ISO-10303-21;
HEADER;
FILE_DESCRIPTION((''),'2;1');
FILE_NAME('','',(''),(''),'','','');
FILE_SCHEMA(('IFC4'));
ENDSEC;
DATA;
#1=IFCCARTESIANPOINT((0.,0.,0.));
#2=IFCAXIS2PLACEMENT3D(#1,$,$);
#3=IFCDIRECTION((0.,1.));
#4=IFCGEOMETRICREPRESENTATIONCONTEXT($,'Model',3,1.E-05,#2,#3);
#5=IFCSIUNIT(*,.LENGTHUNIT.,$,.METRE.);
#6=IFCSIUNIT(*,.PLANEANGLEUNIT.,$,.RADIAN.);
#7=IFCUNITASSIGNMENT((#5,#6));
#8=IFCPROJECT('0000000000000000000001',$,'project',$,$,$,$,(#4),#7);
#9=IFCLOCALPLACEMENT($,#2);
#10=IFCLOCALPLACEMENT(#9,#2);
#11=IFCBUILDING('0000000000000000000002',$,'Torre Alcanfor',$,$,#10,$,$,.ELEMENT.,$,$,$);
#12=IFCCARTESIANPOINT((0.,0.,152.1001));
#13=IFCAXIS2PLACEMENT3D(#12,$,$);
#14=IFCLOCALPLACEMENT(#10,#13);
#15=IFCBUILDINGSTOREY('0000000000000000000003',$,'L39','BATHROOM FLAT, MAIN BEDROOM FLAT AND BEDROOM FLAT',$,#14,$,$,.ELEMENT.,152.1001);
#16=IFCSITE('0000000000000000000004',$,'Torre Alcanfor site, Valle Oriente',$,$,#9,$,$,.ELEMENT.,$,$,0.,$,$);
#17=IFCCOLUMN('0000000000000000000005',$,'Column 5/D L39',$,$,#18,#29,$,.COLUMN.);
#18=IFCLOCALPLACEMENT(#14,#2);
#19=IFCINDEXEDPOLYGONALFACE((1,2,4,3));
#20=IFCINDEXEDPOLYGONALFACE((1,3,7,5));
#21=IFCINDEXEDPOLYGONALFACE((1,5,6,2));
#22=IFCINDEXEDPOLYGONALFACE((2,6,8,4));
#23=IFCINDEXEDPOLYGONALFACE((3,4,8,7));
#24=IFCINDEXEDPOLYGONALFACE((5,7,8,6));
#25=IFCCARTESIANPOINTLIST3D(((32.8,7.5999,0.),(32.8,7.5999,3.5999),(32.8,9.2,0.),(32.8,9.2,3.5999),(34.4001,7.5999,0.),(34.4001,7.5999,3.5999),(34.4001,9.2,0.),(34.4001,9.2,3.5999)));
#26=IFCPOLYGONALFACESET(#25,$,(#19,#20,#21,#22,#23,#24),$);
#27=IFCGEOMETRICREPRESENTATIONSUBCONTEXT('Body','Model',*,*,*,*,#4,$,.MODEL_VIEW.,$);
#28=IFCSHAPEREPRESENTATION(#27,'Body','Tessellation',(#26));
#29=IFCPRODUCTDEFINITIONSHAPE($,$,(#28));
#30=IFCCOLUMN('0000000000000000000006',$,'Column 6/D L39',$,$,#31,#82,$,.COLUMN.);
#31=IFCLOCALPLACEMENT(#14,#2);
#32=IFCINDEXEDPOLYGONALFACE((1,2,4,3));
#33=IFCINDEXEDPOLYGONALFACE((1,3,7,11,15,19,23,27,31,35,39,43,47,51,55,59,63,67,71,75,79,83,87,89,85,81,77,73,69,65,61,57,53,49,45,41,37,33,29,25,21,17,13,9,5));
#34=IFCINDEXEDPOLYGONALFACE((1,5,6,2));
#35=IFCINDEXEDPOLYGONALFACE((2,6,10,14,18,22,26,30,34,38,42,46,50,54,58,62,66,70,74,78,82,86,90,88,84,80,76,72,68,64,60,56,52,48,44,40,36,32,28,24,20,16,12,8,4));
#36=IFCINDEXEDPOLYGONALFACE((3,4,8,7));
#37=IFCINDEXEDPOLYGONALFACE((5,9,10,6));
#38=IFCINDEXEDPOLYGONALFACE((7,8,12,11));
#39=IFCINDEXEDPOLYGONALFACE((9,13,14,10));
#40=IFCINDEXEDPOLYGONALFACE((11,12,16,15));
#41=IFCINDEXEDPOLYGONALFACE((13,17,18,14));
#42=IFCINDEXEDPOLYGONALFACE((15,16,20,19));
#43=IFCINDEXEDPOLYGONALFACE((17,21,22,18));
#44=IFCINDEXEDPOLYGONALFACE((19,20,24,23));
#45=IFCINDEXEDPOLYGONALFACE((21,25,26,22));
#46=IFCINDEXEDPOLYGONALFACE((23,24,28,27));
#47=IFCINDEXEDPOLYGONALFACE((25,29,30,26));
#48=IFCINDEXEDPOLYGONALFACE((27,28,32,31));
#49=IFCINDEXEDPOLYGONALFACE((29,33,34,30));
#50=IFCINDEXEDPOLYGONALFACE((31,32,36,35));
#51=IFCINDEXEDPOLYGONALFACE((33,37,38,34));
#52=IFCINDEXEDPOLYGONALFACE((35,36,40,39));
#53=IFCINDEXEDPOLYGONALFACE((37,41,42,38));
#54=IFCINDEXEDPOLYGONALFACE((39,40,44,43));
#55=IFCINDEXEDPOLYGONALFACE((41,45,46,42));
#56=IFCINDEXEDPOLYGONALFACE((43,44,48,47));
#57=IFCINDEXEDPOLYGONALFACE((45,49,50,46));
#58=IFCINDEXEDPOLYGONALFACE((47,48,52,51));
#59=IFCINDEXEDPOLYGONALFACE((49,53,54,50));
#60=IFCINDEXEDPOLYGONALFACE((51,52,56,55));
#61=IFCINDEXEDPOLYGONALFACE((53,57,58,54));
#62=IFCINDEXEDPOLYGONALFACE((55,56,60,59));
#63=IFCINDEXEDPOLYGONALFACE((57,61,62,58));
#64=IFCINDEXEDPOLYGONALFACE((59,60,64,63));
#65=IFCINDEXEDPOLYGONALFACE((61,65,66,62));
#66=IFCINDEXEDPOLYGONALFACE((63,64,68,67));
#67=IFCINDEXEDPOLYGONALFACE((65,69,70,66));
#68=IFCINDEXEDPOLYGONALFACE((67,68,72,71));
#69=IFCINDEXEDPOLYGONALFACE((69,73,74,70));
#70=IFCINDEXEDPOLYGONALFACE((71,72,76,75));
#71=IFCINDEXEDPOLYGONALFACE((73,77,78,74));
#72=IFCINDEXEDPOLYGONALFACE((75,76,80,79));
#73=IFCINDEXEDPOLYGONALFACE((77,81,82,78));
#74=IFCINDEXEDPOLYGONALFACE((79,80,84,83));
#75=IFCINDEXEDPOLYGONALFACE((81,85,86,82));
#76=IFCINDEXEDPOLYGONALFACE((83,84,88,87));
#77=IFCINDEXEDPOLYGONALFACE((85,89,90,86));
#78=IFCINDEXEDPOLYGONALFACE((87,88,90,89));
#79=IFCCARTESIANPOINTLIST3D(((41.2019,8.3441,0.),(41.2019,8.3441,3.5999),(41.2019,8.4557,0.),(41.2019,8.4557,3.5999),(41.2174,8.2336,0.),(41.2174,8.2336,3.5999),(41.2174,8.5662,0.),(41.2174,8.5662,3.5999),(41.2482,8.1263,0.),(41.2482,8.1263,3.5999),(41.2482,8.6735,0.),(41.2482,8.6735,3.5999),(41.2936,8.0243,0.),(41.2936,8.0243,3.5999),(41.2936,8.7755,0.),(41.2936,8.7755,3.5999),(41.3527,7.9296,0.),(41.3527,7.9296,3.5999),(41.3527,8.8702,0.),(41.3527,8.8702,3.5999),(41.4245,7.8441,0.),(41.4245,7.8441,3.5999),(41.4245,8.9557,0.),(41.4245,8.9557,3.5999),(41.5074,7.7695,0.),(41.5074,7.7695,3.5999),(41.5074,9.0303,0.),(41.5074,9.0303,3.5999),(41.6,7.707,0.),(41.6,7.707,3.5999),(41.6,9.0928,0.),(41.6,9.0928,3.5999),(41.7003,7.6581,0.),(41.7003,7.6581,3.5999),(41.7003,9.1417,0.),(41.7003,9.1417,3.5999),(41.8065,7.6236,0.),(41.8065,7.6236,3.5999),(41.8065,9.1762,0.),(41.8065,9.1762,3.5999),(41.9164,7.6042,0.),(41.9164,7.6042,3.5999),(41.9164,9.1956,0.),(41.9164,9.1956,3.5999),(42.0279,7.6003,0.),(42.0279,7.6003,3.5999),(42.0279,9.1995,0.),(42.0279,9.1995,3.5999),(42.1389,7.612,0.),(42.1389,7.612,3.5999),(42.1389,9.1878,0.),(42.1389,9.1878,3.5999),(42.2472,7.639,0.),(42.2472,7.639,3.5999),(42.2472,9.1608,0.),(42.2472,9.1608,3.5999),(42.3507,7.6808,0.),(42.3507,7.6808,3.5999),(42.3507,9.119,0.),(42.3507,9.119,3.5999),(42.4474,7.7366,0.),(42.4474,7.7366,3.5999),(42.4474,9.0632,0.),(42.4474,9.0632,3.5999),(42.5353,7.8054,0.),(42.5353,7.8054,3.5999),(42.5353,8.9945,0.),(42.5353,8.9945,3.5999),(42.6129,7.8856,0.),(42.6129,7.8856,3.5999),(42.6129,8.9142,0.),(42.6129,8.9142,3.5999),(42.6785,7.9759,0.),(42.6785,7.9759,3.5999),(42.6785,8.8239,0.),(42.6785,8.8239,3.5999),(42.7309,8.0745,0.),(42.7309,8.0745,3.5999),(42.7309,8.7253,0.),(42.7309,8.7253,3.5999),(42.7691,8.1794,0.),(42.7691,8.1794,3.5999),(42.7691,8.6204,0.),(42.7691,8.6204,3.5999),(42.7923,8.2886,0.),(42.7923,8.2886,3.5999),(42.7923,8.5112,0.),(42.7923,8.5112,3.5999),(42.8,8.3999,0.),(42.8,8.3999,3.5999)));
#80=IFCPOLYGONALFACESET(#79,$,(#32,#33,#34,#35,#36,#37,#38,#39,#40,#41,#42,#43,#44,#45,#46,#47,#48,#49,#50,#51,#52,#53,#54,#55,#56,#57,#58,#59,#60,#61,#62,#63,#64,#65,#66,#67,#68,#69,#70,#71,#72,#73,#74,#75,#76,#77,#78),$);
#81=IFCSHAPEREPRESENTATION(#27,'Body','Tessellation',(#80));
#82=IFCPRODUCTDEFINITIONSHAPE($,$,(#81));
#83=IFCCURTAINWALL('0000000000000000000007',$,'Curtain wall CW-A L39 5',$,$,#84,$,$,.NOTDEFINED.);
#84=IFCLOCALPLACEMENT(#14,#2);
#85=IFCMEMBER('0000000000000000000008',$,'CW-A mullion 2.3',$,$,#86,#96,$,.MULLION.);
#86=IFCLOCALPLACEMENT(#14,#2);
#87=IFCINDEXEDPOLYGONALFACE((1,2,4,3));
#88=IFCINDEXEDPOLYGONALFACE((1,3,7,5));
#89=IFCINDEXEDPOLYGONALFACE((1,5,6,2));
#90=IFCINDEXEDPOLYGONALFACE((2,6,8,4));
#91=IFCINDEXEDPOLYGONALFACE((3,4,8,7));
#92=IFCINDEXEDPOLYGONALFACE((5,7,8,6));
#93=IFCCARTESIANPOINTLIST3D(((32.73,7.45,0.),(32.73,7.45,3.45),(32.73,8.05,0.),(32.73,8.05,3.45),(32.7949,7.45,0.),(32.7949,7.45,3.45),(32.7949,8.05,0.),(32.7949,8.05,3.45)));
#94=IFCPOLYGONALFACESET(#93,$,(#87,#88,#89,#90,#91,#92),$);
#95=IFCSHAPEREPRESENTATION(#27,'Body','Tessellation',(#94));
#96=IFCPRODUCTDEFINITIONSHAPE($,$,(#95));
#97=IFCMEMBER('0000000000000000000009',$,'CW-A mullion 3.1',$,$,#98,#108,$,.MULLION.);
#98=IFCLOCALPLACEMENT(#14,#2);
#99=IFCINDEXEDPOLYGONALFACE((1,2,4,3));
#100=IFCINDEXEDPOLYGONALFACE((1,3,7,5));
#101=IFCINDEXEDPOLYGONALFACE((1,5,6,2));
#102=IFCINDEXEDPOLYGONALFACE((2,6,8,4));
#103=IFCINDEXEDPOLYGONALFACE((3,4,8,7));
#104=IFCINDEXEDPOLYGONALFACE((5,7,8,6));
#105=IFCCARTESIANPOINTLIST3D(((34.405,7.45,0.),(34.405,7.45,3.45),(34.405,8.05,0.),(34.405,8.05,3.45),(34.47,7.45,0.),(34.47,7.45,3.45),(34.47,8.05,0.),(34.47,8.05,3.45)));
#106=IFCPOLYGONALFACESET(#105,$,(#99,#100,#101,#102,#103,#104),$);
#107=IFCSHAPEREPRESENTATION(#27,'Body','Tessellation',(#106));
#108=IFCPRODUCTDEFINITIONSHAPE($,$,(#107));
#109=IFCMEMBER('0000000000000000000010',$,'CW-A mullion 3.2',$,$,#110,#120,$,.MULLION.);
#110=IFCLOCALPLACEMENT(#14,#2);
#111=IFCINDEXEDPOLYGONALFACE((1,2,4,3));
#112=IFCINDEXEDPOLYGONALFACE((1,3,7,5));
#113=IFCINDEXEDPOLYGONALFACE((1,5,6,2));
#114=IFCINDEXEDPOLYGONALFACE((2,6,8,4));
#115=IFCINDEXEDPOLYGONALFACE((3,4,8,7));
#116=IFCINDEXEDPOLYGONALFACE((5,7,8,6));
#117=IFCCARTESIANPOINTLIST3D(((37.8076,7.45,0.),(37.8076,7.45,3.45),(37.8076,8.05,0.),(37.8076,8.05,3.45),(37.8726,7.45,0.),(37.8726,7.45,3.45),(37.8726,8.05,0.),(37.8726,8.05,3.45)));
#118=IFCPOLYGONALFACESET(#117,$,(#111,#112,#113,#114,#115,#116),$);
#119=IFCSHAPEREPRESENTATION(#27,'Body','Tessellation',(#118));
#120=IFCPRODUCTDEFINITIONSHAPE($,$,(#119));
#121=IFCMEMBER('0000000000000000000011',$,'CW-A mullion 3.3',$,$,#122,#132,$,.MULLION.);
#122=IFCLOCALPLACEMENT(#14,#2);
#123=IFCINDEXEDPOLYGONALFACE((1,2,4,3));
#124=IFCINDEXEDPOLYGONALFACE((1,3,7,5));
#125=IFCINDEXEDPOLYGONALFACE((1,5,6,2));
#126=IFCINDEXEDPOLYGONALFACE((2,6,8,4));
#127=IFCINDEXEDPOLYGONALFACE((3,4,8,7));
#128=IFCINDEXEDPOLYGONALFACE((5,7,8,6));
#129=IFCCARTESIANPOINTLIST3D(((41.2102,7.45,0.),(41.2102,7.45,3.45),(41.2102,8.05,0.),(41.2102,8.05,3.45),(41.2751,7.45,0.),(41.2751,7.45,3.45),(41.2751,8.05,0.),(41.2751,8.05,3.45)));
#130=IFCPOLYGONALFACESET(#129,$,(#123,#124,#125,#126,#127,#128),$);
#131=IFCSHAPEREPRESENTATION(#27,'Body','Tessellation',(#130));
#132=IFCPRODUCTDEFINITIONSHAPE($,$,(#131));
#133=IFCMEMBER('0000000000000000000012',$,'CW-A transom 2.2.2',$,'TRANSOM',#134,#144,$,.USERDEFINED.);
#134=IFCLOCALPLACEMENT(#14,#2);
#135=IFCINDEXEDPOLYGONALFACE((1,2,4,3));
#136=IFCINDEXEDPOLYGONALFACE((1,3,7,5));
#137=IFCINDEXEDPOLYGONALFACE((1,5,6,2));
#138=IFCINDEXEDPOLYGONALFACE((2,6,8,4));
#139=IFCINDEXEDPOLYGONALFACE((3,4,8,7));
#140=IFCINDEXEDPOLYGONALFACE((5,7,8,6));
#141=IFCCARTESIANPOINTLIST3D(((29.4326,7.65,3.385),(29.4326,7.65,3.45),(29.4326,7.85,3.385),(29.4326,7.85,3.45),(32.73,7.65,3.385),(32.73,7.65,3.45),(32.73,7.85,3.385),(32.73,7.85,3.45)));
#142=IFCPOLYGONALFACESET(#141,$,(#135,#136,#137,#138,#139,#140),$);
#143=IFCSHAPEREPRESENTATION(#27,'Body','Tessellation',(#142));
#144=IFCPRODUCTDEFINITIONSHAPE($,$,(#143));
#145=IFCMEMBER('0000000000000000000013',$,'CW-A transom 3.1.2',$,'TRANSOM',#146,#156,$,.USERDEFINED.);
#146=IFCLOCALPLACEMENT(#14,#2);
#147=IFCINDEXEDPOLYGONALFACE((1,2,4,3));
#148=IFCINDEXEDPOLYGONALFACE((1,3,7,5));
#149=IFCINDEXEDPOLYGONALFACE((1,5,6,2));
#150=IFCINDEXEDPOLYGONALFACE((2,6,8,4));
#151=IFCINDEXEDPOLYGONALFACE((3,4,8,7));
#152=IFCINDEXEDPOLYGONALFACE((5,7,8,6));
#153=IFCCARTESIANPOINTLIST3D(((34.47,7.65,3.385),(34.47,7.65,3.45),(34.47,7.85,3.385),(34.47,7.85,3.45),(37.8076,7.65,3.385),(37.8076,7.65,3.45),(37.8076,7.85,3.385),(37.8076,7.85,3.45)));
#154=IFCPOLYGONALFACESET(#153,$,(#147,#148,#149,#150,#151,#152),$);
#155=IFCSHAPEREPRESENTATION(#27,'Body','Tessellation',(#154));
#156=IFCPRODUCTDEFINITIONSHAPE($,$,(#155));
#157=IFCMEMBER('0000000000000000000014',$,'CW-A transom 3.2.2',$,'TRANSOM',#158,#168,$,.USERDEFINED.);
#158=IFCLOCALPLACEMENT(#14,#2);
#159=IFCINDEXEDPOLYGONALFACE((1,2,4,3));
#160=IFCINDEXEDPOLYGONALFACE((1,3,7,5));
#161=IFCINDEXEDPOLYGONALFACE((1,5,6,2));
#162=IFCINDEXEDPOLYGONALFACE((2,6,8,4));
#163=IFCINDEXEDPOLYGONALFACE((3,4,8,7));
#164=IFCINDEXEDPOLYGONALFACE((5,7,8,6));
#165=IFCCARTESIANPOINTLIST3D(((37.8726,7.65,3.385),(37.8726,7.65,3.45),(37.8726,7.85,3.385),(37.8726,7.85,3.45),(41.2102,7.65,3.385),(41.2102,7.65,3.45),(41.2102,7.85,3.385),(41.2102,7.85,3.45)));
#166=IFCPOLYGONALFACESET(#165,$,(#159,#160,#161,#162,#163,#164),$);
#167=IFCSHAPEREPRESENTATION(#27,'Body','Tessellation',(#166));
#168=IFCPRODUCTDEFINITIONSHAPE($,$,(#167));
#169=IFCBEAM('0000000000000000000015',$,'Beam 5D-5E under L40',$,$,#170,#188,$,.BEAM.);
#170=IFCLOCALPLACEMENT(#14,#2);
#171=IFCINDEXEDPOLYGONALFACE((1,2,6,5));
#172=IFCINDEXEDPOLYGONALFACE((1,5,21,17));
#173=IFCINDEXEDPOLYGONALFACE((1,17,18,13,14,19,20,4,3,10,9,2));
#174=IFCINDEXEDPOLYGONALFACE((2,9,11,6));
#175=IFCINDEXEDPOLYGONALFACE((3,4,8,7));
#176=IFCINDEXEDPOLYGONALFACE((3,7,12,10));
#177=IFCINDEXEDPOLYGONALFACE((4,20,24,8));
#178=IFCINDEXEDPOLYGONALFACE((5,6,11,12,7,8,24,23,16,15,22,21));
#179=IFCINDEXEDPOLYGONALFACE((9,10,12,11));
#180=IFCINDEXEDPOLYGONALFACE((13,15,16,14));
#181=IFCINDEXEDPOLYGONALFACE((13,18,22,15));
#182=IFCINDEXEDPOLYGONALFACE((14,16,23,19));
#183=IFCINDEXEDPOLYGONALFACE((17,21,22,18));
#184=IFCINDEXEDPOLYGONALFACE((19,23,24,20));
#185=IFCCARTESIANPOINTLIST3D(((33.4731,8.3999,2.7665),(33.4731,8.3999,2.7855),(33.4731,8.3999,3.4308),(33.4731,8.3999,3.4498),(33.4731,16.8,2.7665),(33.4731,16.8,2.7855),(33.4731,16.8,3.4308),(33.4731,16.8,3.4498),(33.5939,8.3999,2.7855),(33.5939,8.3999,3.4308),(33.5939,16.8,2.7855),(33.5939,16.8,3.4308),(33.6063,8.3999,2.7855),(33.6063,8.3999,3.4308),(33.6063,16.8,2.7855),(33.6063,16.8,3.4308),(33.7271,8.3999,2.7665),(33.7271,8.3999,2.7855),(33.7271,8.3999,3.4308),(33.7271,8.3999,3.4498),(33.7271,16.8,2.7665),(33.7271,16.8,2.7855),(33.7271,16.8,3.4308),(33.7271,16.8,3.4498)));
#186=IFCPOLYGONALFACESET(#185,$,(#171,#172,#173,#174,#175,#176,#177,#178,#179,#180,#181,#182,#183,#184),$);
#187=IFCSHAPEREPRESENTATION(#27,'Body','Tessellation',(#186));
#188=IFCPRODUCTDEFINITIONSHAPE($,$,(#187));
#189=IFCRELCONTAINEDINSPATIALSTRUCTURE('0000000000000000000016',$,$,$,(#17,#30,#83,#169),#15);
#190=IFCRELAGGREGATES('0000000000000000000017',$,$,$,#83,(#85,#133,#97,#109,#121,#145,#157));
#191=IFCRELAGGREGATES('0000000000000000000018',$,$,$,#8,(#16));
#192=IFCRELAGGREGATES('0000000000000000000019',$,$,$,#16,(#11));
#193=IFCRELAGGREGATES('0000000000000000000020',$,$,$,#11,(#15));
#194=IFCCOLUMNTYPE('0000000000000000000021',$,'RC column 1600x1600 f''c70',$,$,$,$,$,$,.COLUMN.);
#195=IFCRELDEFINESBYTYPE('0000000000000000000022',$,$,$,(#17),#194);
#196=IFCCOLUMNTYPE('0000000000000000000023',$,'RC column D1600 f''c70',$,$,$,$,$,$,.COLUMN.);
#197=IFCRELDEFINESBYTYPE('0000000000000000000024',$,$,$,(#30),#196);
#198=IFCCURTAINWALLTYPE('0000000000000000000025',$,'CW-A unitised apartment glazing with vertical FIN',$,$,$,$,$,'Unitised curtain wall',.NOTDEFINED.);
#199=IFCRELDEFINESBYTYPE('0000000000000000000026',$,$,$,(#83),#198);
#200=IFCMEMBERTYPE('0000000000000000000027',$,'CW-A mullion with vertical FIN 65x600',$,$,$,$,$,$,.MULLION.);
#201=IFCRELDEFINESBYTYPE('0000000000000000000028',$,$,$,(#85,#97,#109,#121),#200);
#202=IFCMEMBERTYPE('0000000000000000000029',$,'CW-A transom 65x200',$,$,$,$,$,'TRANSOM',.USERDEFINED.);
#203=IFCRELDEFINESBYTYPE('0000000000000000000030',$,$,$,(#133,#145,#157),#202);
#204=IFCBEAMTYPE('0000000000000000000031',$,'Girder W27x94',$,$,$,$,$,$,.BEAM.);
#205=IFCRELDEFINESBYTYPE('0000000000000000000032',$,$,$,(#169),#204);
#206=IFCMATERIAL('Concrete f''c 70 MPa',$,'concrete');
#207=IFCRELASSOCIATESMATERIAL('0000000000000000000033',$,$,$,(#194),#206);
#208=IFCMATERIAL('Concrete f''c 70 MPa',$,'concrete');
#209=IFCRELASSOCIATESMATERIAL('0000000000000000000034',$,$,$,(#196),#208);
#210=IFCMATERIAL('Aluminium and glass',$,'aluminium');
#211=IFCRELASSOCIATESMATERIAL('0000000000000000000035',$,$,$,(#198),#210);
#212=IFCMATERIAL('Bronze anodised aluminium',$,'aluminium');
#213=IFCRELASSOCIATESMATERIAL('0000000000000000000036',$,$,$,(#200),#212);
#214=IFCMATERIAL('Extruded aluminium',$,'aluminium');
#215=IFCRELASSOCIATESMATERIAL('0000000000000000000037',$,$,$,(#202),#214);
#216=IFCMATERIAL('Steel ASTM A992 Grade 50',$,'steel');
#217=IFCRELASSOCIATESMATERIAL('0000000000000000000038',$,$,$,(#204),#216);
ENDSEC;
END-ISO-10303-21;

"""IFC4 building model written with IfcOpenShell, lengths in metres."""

from ifc_helpers import new_model, si_unit, direction, frame, origin, origin_2d, place, context, subcontext, project, spatial, rectangle, circle, i_section, extrude, material, material_profile, profile_set, type_object, element, aggregate, save


model = new_model("IFC4")

# Units and contexts
model_context = context("Model", 3, precision=1e-05, world=origin(), true_north=direction((0.0, 1.0)))
body_context = subcontext(model_context, "Body", "Model", "MODEL_VIEW")
ifc_project = project(units=[si_unit("LENGTHUNIT", "METRE"), si_unit("PLANEANGLEUNIT", "RADIAN")], contexts=[model_context])

# Site, building, storey
site_placement = place(None, origin())
site = spatial("IfcSite", under=ifc_project, at=site_placement, Name="Torre Alcanfor site, Valle Oriente", CompositionType="ELEMENT", RefElevation=0.0)
building_placement = place(site_placement, origin())
building = spatial("IfcBuilding", under=site, at=building_placement, Name="Torre Alcanfor", CompositionType="ELEMENT")
storey_placement = place(building_placement, frame((0.0, 0.0, 152.1001)))
storey = spatial("IfcBuildingStorey", under=building, at=storey_placement, Name="L39", Description="BATHROOM FLAT, MAIN BEDROOM FLAT AND BEDROOM FLAT", CompositionType="ELEMENT", Elevation=152.1001)

# Columns
ifc_material_1 = material(Name="Concrete f'c 70 MPa", Category="concrete")
ifc_material_profile_1 = material_profile(ifc_material_1, rectangle(XDim=1.6001, YDim=1.6001, at=origin_2d()), Name="1600x1600")
ifc_profile_set_1 = profile_set([ifc_material_profile_1], Name="Concrete f'c 70 MPa")
column_type_1 = type_object("IfcColumnType", Name="RC column 1600x1600 f'c70", PredefinedType="COLUMN", material=ifc_profile_set_1)
column_1_placement = place(storey_placement, frame((33.6001, 8.3999, 0.0), z_axis=(0.0, 0.0, 1.0), x_axis=(1.0, 0.0, 0.0)))
element("IfcColumn", 1, at=column_1_placement, inside=storey, type_object=column_type_1, Name="Column 5/D L39", PredefinedType="COLUMN", context=body_context, shape_type="SweptSolid", body=[
    extrude(rectangle(XDim=1.6001, YDim=1.6001, at=origin_2d()), origin(), (0.0, 0.0, 1.0), 3.5999),
])
ifc_material_2 = material(Name="Concrete f'c 70 MPa", Category="concrete")
ifc_material_profile_2 = material_profile(ifc_material_2, circle(Radius=0.8, at=origin_2d()), Name="D1600")
ifc_profile_set_2 = profile_set([ifc_material_profile_2], Name="Concrete f'c 70 MPa")
column_type_2 = type_object("IfcColumnType", Name="RC column D1600 f'c70", PredefinedType="COLUMN", material=ifc_profile_set_2)
column_2_placement = place(storey_placement, frame((42.0, 8.3999, 0.0), z_axis=(0.0, 0.0, 1.0), x_axis=(1.0, 0.0, 0.0)))
element("IfcColumn", 2, at=column_2_placement, inside=storey, type_object=column_type_2, Name="Column 6/D L39", PredefinedType="COLUMN", context=body_context, shape_type="SweptSolid", body=[
    extrude(circle(Radius=0.8, at=origin_2d()), origin(), (0.0, 0.0, 1.0), 3.5999),
])

# Curtain wall, members
ifc_material_3 = material(Name="Aluminium and glass", Category="aluminium")
curtain_wall_type = type_object("IfcCurtainWallType", Name="CW-A unitised apartment glazing with vertical FIN", ElementType="Unitised curtain wall", PredefinedType="NOTDEFINED", material=ifc_material_3)
curtain_wall_placement = place(storey_placement, origin())
curtain_wall = element("IfcCurtainWall", 3, at=curtain_wall_placement, inside=storey, type_object=curtain_wall_type, Name="Curtain wall CW-A L39 5", PredefinedType="NOTDEFINED")
ifc_material_4 = material(Name="Bronze anodised aluminium", Category="aluminium")
ifc_material_profile_3 = material_profile(ifc_material_4, rectangle(XDim=0.6001, YDim=0.0649, at=origin_2d()), Name="CW-A mullion 65x600")
ifc_profile_set_3 = profile_set([ifc_material_profile_3], Name="Bronze anodised aluminium")
member_type_1 = type_object("IfcMemberType", Name="CW-A mullion with vertical FIN 65x600", PredefinedType="MULLION", material=ifc_profile_set_3)
member_1_placement = place(storey_placement, frame((32.7625, 7.75, 0.0), z_axis=(0.0, 0.0, 1.0), x_axis=(0.0, 1.0, 0.0)))
member_1 = element("IfcMember", 4, at=member_1_placement, type_object=member_type_1, Name="CW-A mullion 2.3", PredefinedType="MULLION", context=body_context, shape_type="SweptSolid", body=[
    extrude(rectangle(XDim=0.6001, YDim=0.0649, at=origin_2d()), origin(), (0.0, 0.0, 1.0), 3.45),
])
member_2_placement = place(storey_placement, frame((34.4375, 7.75, 0.0), z_axis=(0.0, 0.0, 1.0), x_axis=(0.0, 1.0, 0.0)))
member_2 = element("IfcMember", 5, at=member_2_placement, type_object=member_type_1, Name="CW-A mullion 3.1", PredefinedType="MULLION", context=body_context, shape_type="SweptSolid", body=[
    extrude(rectangle(XDim=0.6001, YDim=0.0649, at=origin_2d()), origin(), (0.0, 0.0, 1.0), 3.45),
])
member_3_placement = place(storey_placement, frame((37.8401, 7.75, 0.0), z_axis=(0.0, 0.0, 1.0), x_axis=(0.0, 1.0, 0.0)))
member_3 = element("IfcMember", 6, at=member_3_placement, type_object=member_type_1, Name="CW-A mullion 3.2", PredefinedType="MULLION", context=body_context, shape_type="SweptSolid", body=[
    extrude(rectangle(XDim=0.6001, YDim=0.0649, at=origin_2d()), origin(), (0.0, 0.0, 1.0), 3.45),
])
member_4_placement = place(storey_placement, frame((41.2427, 7.75, 0.0), z_axis=(0.0, 0.0, 1.0), x_axis=(0.0, 1.0, 0.0)))
member_4 = element("IfcMember", 7, at=member_4_placement, type_object=member_type_1, Name="CW-A mullion 3.3", PredefinedType="MULLION", context=body_context, shape_type="SweptSolid", body=[
    extrude(rectangle(XDim=0.6001, YDim=0.0649, at=origin_2d()), origin(), (0.0, 0.0, 1.0), 3.45),
])
ifc_material_5 = material(Name="Extruded aluminium", Category="aluminium")
ifc_material_profile_4 = material_profile(ifc_material_5, rectangle(XDim=0.2, YDim=0.0649, at=origin_2d()), Name="CW-A transom 200x65")
ifc_profile_set_4 = profile_set([ifc_material_profile_4], Name="Extruded aluminium")
member_type_2 = type_object("IfcMemberType", Name="CW-A transom 65x200", ElementType="TRANSOM", PredefinedType="USERDEFINED", material=ifc_profile_set_4)
member_5_placement = place(storey_placement, frame((29.4326, 7.75, 3.4175), z_axis=(1.0, 0.0, 0.0), x_axis=(0.0, 1.0, 0.0)))
member_5 = element("IfcMember", 8, at=member_5_placement, type_object=member_type_2, Name="CW-A transom 2.2.2", ObjectType="TRANSOM", PredefinedType="USERDEFINED", context=body_context, shape_type="SweptSolid", body=[
    extrude(rectangle(XDim=0.2, YDim=0.0649, at=origin_2d()), origin(), (0.0, 0.0, 1.0), 3.2974),
])
member_6_placement = place(storey_placement, frame((34.47, 7.75, 3.4175), z_axis=(1.0, 0.0, 0.0), x_axis=(0.0, 1.0, 0.0)))
member_6 = element("IfcMember", 9, at=member_6_placement, type_object=member_type_2, Name="CW-A transom 3.1.2", ObjectType="TRANSOM", PredefinedType="USERDEFINED", context=body_context, shape_type="SweptSolid", body=[
    extrude(rectangle(XDim=0.2, YDim=0.0649, at=origin_2d()), origin(), (0.0, 0.0, 1.0), 3.3376),
])
member_7_placement = place(storey_placement, frame((37.8726, 7.75, 3.4175), z_axis=(1.0, 0.0, 0.0), x_axis=(0.0, 1.0, 0.0)))
member_7 = element("IfcMember", 10, at=member_7_placement, type_object=member_type_2, Name="CW-A transom 3.2.2", ObjectType="TRANSOM", PredefinedType="USERDEFINED", context=body_context, shape_type="SweptSolid", body=[
    extrude(rectangle(XDim=0.2, YDim=0.0649, at=origin_2d()), origin(), (0.0, 0.0, 1.0), 3.3376),
])

# Beam
ifc_material_6 = material(Name="Steel ASTM A992 Grade 50", Category="steel")
ifc_material_profile_5 = material_profile(ifc_material_6, i_section(OverallWidth=0.2539, OverallDepth=0.6833, WebThickness=0.0125, FlangeThickness=0.019, at=origin_2d()), Name="W27x94")
ifc_profile_set_5 = profile_set([ifc_material_profile_5], Name="Steel ASTM A992 Grade 50")
beam_type_1 = type_object("IfcBeamType", Name="Girder W27x94", PredefinedType="BEAM", material=ifc_profile_set_5)
beam_1_placement = place(storey_placement, frame((33.6001, 8.3999, 3.1082), z_axis=(0.0, 1.0, 0.0), x_axis=(-1.0, 0.0, 0.0)))
element("IfcBeam", 11, at=beam_1_placement, inside=storey, type_object=beam_type_1, Name="Beam 5D-5E under L40", PredefinedType="BEAM", context=body_context, shape_type="SweptSolid", body=[
    extrude(i_section(OverallWidth=0.2539, OverallDepth=0.6833, WebThickness=0.0125, FlangeThickness=0.019, at=origin_2d()), origin(), (0.0, 0.0, 1.0), 8.4001),
])

aggregate(curtain_wall, [member_1, member_5, member_2, member_3, member_4, member_6, member_7])

save(model, "model.ifc")
